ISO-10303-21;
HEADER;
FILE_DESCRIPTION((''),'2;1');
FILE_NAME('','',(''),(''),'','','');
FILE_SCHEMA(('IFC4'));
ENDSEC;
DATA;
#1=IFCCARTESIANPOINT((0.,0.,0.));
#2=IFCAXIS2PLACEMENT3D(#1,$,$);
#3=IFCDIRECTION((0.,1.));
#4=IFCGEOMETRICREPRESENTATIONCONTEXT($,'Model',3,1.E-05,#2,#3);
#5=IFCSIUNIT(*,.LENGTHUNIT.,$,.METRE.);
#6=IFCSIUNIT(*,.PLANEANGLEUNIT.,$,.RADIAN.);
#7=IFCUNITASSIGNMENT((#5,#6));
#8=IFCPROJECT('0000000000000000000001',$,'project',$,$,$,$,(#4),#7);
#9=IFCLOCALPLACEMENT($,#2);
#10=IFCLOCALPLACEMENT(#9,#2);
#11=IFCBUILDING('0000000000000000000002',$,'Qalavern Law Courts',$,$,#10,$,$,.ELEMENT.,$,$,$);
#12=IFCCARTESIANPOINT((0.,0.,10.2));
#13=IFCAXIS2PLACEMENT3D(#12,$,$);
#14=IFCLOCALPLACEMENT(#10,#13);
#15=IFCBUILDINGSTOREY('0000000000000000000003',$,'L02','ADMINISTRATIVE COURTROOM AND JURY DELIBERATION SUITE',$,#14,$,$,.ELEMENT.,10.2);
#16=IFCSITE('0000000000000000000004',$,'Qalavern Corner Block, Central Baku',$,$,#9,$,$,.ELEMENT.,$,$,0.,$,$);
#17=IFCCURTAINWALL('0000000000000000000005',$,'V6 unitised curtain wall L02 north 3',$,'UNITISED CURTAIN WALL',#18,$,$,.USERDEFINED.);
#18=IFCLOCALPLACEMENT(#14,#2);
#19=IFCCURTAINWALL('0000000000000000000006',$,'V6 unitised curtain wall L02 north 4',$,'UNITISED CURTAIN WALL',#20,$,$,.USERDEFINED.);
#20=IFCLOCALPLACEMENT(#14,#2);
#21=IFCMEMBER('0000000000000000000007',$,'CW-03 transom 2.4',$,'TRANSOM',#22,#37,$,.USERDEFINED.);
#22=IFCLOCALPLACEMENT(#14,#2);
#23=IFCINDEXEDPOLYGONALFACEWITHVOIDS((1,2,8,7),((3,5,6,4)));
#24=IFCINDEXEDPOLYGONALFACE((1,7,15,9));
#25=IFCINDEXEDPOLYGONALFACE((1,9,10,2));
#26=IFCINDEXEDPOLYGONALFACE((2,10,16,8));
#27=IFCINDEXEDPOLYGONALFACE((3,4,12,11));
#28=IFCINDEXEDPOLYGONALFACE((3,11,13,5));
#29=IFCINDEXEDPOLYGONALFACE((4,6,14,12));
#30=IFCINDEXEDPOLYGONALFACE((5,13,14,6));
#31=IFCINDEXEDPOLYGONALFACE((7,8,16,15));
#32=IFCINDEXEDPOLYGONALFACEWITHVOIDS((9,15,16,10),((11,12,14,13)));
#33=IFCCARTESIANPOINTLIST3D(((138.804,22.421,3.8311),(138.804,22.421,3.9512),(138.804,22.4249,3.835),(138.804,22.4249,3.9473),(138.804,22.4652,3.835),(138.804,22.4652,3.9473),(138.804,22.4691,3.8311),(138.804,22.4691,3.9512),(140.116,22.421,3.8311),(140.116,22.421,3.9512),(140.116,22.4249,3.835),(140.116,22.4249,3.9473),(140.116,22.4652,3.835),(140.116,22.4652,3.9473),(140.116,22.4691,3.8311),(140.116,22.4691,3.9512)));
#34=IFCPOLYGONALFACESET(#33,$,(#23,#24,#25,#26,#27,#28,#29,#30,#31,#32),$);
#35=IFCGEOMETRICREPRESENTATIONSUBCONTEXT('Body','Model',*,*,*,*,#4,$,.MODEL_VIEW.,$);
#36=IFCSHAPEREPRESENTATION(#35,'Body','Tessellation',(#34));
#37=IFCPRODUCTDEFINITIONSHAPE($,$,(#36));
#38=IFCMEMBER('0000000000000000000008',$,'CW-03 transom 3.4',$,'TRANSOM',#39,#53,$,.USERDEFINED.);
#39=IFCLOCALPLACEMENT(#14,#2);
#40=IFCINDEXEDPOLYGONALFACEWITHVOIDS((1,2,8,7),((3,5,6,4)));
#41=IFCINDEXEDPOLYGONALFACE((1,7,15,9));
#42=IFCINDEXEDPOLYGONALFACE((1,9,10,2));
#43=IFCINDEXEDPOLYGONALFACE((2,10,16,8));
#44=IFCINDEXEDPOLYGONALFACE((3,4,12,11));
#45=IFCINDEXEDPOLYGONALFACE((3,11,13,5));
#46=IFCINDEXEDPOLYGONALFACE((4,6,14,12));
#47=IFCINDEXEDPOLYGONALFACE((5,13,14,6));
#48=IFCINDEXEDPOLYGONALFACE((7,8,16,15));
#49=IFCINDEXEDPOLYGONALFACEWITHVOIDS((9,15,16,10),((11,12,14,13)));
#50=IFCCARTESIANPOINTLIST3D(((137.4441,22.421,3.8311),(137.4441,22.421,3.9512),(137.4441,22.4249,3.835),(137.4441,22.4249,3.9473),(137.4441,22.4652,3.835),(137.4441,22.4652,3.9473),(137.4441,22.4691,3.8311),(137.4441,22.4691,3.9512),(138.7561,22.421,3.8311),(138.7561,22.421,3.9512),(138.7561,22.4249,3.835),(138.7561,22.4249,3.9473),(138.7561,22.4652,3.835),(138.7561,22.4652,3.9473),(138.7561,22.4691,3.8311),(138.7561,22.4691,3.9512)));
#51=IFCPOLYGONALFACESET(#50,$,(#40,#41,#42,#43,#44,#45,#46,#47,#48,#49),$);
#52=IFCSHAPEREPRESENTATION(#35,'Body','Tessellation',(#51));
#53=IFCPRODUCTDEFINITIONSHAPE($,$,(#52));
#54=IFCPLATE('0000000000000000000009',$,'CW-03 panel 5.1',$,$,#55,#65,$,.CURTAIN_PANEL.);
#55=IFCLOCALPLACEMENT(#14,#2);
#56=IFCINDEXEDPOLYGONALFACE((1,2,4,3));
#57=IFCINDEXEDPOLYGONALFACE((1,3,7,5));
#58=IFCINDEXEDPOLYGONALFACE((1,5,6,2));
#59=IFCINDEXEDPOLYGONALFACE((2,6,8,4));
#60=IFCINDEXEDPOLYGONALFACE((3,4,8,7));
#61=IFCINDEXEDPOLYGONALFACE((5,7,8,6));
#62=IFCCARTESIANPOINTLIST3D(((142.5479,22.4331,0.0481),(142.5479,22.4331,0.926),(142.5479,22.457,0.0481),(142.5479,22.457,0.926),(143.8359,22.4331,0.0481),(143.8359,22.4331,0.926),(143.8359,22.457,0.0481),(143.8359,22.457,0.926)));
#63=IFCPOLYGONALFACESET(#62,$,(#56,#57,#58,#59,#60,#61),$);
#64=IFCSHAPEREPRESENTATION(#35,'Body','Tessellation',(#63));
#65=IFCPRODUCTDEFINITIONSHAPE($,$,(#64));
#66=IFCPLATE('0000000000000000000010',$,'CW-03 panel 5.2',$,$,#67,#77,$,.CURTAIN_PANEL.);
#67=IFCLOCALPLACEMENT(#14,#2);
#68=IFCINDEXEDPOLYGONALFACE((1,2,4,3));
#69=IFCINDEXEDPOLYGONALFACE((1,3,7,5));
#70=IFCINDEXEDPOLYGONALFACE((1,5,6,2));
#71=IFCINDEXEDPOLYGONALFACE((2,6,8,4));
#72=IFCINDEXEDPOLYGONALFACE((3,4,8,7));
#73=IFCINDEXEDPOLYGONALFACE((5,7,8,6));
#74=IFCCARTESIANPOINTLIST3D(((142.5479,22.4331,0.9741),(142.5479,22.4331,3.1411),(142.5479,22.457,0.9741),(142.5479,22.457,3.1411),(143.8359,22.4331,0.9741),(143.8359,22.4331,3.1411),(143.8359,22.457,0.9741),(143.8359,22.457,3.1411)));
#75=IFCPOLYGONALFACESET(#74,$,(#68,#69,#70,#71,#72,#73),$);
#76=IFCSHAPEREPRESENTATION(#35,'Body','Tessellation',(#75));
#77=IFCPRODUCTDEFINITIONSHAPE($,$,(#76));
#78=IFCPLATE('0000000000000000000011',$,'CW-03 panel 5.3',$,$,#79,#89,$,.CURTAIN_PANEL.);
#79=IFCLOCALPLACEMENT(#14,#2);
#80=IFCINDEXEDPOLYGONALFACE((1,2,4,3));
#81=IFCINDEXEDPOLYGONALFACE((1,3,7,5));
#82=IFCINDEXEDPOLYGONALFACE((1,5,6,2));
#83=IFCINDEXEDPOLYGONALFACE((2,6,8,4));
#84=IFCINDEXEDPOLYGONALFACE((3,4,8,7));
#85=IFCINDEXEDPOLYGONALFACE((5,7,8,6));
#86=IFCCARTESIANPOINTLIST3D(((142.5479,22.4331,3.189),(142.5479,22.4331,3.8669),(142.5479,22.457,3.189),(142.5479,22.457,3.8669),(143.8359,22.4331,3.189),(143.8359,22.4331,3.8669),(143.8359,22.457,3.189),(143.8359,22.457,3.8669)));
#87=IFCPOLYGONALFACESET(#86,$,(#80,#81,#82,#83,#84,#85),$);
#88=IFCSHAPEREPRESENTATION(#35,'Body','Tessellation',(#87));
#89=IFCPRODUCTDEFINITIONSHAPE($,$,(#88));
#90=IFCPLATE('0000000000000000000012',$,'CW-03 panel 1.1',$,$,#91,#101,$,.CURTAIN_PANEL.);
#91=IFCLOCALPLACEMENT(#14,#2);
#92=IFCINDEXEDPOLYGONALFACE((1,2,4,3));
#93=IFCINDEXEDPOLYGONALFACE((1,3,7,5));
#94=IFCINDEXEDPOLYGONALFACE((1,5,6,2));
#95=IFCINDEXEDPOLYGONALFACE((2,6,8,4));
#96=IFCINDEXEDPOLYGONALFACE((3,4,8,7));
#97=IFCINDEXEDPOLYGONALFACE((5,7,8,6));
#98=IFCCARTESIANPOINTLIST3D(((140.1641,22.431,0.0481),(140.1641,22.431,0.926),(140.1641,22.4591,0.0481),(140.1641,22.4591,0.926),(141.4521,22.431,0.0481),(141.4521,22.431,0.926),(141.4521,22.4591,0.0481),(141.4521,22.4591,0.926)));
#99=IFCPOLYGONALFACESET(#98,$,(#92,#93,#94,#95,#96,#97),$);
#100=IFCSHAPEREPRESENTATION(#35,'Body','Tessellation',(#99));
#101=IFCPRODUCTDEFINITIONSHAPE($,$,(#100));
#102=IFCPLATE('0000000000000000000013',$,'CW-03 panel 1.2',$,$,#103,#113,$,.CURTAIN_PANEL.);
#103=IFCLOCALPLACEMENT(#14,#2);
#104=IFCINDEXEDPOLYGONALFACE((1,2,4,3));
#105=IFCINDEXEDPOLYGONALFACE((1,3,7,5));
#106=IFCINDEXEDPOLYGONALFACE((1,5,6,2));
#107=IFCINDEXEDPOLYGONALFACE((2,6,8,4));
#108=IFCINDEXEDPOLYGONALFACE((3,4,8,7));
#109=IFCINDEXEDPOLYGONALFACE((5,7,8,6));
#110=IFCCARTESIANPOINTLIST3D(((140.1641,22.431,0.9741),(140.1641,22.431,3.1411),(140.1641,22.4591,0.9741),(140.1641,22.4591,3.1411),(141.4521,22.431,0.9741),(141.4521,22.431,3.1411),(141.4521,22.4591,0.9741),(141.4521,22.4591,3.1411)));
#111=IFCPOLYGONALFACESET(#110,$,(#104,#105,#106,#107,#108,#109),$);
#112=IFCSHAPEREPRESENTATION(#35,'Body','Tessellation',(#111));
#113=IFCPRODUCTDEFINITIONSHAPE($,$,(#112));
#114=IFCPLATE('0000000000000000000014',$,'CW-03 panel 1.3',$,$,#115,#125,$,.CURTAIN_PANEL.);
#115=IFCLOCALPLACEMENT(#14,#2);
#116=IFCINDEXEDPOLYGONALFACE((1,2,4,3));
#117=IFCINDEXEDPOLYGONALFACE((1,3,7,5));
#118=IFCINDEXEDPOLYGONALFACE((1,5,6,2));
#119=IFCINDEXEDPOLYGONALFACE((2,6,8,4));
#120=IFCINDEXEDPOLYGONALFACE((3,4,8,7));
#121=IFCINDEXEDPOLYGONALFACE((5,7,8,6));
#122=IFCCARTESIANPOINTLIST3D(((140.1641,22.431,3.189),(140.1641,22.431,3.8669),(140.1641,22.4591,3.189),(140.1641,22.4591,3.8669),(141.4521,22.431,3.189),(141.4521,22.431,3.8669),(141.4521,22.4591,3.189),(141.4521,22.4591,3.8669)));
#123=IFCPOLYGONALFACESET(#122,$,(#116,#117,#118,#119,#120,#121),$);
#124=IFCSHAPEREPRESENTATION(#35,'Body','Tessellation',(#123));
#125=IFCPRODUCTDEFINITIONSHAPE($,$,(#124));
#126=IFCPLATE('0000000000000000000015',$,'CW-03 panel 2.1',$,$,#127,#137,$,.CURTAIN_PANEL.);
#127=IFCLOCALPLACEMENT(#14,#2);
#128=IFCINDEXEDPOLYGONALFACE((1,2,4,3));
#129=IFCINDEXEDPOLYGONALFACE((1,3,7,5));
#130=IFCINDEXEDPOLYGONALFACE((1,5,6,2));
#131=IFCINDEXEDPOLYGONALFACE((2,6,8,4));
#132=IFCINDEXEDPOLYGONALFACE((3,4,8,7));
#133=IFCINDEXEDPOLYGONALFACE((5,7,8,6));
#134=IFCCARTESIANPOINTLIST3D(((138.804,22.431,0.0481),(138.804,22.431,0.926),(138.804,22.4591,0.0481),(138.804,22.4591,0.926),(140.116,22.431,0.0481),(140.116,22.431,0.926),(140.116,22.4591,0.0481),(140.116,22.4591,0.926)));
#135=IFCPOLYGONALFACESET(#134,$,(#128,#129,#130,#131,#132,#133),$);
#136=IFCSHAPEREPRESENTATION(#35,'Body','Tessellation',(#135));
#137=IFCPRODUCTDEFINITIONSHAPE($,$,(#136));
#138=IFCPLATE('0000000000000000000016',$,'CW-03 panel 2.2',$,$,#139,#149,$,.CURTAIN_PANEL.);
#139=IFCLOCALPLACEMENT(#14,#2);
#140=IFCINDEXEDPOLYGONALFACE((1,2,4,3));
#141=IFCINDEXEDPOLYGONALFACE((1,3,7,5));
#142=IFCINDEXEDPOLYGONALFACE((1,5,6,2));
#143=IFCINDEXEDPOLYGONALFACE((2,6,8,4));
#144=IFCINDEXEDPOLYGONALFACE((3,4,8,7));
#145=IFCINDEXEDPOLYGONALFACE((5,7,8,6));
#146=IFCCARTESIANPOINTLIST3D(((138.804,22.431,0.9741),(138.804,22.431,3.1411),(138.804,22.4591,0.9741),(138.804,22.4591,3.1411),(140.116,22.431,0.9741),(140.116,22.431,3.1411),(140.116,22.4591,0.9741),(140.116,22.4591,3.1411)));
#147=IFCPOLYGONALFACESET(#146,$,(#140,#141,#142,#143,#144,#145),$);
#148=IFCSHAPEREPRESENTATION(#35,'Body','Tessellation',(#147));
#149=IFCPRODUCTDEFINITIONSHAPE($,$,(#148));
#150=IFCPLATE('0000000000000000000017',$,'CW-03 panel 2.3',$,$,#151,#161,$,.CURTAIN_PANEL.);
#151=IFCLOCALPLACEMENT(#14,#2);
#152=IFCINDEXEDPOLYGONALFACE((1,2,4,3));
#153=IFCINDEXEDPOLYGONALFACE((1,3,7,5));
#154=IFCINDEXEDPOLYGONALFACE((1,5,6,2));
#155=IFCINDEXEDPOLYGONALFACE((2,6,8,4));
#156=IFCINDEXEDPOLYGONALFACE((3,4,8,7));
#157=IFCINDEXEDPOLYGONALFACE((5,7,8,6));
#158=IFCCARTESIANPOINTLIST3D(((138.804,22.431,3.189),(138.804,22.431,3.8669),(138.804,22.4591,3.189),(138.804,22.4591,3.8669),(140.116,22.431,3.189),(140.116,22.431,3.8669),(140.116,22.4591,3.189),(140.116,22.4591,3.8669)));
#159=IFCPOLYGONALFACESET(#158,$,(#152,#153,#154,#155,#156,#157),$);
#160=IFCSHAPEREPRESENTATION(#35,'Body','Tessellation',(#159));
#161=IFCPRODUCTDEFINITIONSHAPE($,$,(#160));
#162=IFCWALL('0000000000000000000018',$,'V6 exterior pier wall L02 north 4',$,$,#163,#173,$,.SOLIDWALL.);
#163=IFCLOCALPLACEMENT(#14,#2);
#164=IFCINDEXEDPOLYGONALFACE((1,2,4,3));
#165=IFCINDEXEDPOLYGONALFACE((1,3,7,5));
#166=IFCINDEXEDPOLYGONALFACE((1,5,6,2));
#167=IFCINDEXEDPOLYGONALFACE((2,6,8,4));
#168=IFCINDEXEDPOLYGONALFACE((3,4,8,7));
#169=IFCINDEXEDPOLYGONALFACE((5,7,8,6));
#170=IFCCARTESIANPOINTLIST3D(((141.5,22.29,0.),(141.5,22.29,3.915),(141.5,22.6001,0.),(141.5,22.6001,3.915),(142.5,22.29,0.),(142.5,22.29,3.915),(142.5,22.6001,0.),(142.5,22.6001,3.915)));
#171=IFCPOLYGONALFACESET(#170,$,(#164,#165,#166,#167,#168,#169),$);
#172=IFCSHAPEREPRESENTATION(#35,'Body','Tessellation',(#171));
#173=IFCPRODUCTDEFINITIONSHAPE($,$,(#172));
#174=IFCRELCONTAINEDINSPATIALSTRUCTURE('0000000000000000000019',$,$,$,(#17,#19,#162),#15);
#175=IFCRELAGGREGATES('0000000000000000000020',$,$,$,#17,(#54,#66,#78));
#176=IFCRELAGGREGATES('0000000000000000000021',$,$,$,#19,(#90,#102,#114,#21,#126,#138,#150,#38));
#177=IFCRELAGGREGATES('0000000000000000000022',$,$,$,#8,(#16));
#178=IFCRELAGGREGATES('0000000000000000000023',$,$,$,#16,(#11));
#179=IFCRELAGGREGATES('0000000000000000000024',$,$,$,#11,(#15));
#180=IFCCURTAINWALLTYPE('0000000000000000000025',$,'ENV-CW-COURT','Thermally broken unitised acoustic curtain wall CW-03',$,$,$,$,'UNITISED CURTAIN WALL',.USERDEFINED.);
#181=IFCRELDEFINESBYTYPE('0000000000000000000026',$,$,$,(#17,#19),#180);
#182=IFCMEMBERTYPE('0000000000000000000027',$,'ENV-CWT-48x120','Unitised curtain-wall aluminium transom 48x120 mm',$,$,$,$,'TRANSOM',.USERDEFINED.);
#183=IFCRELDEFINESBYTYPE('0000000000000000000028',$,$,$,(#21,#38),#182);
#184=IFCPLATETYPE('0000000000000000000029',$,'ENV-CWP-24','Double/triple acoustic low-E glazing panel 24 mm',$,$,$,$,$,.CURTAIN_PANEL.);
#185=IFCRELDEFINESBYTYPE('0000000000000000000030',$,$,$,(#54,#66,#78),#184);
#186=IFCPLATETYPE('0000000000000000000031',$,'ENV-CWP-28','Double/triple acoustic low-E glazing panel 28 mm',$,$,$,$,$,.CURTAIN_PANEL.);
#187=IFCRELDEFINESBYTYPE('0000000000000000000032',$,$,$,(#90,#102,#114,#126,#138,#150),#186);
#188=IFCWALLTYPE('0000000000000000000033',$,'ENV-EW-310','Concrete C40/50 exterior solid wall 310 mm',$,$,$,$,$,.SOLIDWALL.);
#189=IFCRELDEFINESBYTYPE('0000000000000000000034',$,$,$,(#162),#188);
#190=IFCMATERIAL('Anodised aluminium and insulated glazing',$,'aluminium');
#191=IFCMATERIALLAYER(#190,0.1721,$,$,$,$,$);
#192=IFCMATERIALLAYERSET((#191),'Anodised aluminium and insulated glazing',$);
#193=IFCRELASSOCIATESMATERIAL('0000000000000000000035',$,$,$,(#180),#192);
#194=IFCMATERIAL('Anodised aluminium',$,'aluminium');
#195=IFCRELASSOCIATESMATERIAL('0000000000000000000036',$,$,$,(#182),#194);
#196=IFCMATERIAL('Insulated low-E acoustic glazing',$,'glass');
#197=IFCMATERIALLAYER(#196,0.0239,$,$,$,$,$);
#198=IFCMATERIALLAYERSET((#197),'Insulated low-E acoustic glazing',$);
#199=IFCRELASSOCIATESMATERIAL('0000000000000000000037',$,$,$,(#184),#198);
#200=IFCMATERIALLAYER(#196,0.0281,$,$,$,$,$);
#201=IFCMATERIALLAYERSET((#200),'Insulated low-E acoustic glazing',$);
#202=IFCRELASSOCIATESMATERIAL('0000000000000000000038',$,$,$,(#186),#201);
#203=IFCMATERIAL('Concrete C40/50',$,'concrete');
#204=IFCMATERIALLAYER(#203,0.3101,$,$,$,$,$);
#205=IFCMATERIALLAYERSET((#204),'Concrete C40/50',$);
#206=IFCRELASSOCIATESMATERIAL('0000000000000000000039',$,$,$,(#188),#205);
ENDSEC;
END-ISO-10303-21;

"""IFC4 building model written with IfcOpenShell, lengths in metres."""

from ifc_helpers import new_model, si_unit, direction, frame, frame_2d, origin, origin_2d, place, context, subcontext, project, spatial, rectangle, hollow_rectangle, extrude, material, layer, layer_set, material_profile, profile_set, type_object, element, aggregate, save


model = new_model("IFC4")

# Units and contexts
model_context = context("Model", 3, precision=1e-05, world=origin(), true_north=direction((0.0, 1.0)))
body_context = subcontext(model_context, "Body", "Model", "MODEL_VIEW")
ifc_project = project(units=[si_unit("LENGTHUNIT", "METRE"), si_unit("PLANEANGLEUNIT", "RADIAN")], contexts=[model_context])

# Site, building, storey
site_placement = place(None, origin())
site = spatial("IfcSite", under=ifc_project, at=site_placement, Name="Qalavern Corner Block, Central Baku", CompositionType="ELEMENT", RefElevation=0.0)
building_placement = place(site_placement, origin())
building = spatial("IfcBuilding", under=site, at=building_placement, Name="Qalavern Law Courts", CompositionType="ELEMENT")
storey_placement = place(building_placement, frame((0.0, 0.0, 10.2)))
storey = spatial("IfcBuildingStorey", under=building, at=storey_placement, Name="L02", Description="ADMINISTRATIVE COURTROOM AND JURY DELIBERATION SUITE", CompositionType="ELEMENT", Elevation=10.2)

# Curtain wall
ifc_material_1 = material(Name="Anodised aluminium and insulated glazing", Category="aluminium")
ifc_layer_1 = layer(ifc_material_1, 0.1721)
ifc_layer_set_1 = layer_set([ifc_layer_1], Name="Anodised aluminium and insulated glazing")
curtain_wall_type = type_object("IfcCurtainWallType", Name="ENV-CW-COURT", Description="Thermally broken unitised acoustic curtain wall CW-03", ElementType="UNITISED CURTAIN WALL", PredefinedType="USERDEFINED", material=ifc_layer_set_1)
curtain_wall_1_placement = place(storey_placement, origin())
curtain_wall_1 = element("IfcCurtainWall", 1, at=curtain_wall_1_placement, inside=storey, type_object=curtain_wall_type, Name="V6 unitised curtain wall L02 north 3", ObjectType="UNITISED CURTAIN WALL", PredefinedType="USERDEFINED")
ifc_material_2 = material(Name="Anodised aluminium", Category="aluminium")

# Curtain wall, members
curtain_wall_2_placement = place(storey_placement, origin())
curtain_wall_2 = element("IfcCurtainWall", 2, at=curtain_wall_2_placement, inside=storey, type_object=curtain_wall_type, Name="V6 unitised curtain wall L02 north 4", ObjectType="UNITISED CURTAIN WALL", PredefinedType="USERDEFINED")
ifc_material_profile_1 = material_profile(ifc_material_2, hollow_rectangle(XDim=0.0481, YDim=0.1201, WallThickness=0.0039, at=origin_2d()), Name="ALU TRANSOM 48x120")
ifc_profile_set_1 = profile_set([ifc_material_profile_1], Name="Anodised aluminium")
member_type_1 = type_object("IfcMemberType", Name="ENV-CWT-48x120", Description="Unitised curtain-wall aluminium transom 48x120 mm", ElementType="TRANSOM", PredefinedType="USERDEFINED", material=ifc_profile_set_1)
member_1_placement = place(storey_placement, frame((140.116, 22.4451, 3.8911), z_axis=(-1.0, 0.0, 0.0), x_axis=(0.0, -1.0, 0.0)))
member_1 = element("IfcMember", 3, at=member_1_placement, type_object=member_type_1, Name="CW-03 transom 2.4", ObjectType="TRANSOM", PredefinedType="USERDEFINED", context=body_context, shape_type="SweptSolid", body=[
    extrude(hollow_rectangle(XDim=0.0481, YDim=0.1201, WallThickness=0.0039, at=origin_2d()), origin(), (0.0, 0.0, 1.0), 1.312),
])
member_2_placement = place(storey_placement, frame((138.7561, 22.4451, 3.8911), z_axis=(-1.0, 0.0, 0.0), x_axis=(0.0, -1.0, 0.0)))
member_2 = element("IfcMember", 4, at=member_2_placement, type_object=member_type_1, Name="CW-03 transom 3.4", ObjectType="TRANSOM", PredefinedType="USERDEFINED", context=body_context, shape_type="SweptSolid", body=[
    extrude(hollow_rectangle(XDim=0.0481, YDim=0.1201, WallThickness=0.0039, at=origin_2d()), origin(), (0.0, 0.0, 1.0), 1.312),
])

# Plates
ifc_material_3 = material(Name="Insulated low-E acoustic glazing", Category="glass")
ifc_layer_2 = layer(ifc_material_3, 0.0239)
ifc_layer_set_2 = layer_set([ifc_layer_2], Name="Insulated low-E acoustic glazing")
plate_type_1 = type_object("IfcPlateType", Name="ENV-CWP-24", Description="Double/triple acoustic low-E glazing panel 24 mm", PredefinedType="CURTAIN_PANEL", material=ifc_layer_set_2)
plate_1_placement = place(storey_placement, frame((143.1919, 22.4451, 0.0481), z_axis=(0.0, 0.0, 1.0), x_axis=(-1.0, 0.0, 0.0)))
plate_1 = element("IfcPlate", 5, at=plate_1_placement, type_object=plate_type_1, Name="CW-03 panel 5.1", PredefinedType="CURTAIN_PANEL", context=body_context, shape_type="SweptSolid", body=[
    extrude(rectangle(XDim=1.2881, YDim=0.0239, at=origin_2d()), origin(), (0.0, 0.0, 1.0), 0.8779),
])
plate_2_placement = place(storey_placement, frame((143.1919, 22.4451, 0.9741), z_axis=(0.0, 0.0, 1.0), x_axis=(-1.0, 0.0, 0.0)))
plate_2 = element("IfcPlate", 6, at=plate_2_placement, type_object=plate_type_1, Name="CW-03 panel 5.2", PredefinedType="CURTAIN_PANEL", context=body_context, shape_type="SweptSolid", body=[
    extrude(rectangle(XDim=1.2881, YDim=0.0239, at=origin_2d()), origin(), (0.0, 0.0, 1.0), 2.167),
])
plate_3_placement = place(storey_placement, frame((143.1919, 22.4451, 3.189), z_axis=(0.0, 0.0, 1.0), x_axis=(-1.0, 0.0, 0.0)))
plate_3 = element("IfcPlate", 7, at=plate_3_placement, type_object=plate_type_1, Name="CW-03 panel 5.3", PredefinedType="CURTAIN_PANEL", context=body_context, shape_type="SweptSolid", body=[
    extrude(rectangle(XDim=1.2881, YDim=0.0239, at=origin_2d()), origin(), (0.0, 0.0, 1.0), 0.678),
])
aggregate(curtain_wall_1, [plate_1, plate_2, plate_3])
ifc_layer_3 = layer(ifc_material_3, 0.0281)
ifc_layer_set_3 = layer_set([ifc_layer_3], Name="Insulated low-E acoustic glazing")
plate_type_2 = type_object("IfcPlateType", Name="ENV-CWP-28", Description="Double/triple acoustic low-E glazing panel 28 mm", PredefinedType="CURTAIN_PANEL", material=ifc_layer_set_3)
plate_4_placement = place(storey_placement, frame((140.8081, 22.4451, 0.0481), z_axis=(0.0, 0.0, 1.0), x_axis=(-1.0, 0.0, 0.0)))
plate_4 = element("IfcPlate", 8, at=plate_4_placement, type_object=plate_type_2, Name="CW-03 panel 1.1", PredefinedType="CURTAIN_PANEL", context=body_context, shape_type="SweptSolid", body=[
    extrude(rectangle(XDim=1.2881, YDim=0.0281, at=origin_2d()), origin(), (0.0, 0.0, 1.0), 0.8779),
])
plate_5_placement = place(storey_placement, frame((140.8081, 22.4451, 0.9741), z_axis=(0.0, 0.0, 1.0), x_axis=(-1.0, 0.0, 0.0)))
plate_5 = element("IfcPlate", 9, at=plate_5_placement, type_object=plate_type_2, Name="CW-03 panel 1.2", PredefinedType="CURTAIN_PANEL", context=body_context, shape_type="SweptSolid", body=[
    extrude(rectangle(XDim=1.2881, YDim=0.0281, at=origin_2d()), origin(), (0.0, 0.0, 1.0), 2.167),
])
plate_6_placement = place(storey_placement, frame((140.8081, 22.4451, 3.189), z_axis=(0.0, 0.0, 1.0), x_axis=(-1.0, 0.0, 0.0)))
plate_6 = element("IfcPlate", 10, at=plate_6_placement, type_object=plate_type_2, Name="CW-03 panel 1.3", PredefinedType="CURTAIN_PANEL", context=body_context, shape_type="SweptSolid", body=[
    extrude(rectangle(XDim=1.2881, YDim=0.0281, at=origin_2d()), origin(), (0.0, 0.0, 1.0), 0.678),
])
plate_7_placement = place(storey_placement, frame((139.46, 22.4451, 0.0481), z_axis=(0.0, 0.0, 1.0), x_axis=(-1.0, 0.0, 0.0)))
plate_7 = element("IfcPlate", 11, at=plate_7_placement, type_object=plate_type_2, Name="CW-03 panel 2.1", PredefinedType="CURTAIN_PANEL", context=body_context, shape_type="SweptSolid", body=[
    extrude(rectangle(XDim=1.312, YDim=0.0281, at=origin_2d()), origin(), (0.0, 0.0, 1.0), 0.8779),
])
plate_8_placement = place(storey_placement, frame((139.46, 22.4451, 0.9741), z_axis=(0.0, 0.0, 1.0), x_axis=(-1.0, 0.0, 0.0)))
plate_8 = element("IfcPlate", 12, at=plate_8_placement, type_object=plate_type_2, Name="CW-03 panel 2.2", PredefinedType="CURTAIN_PANEL", context=body_context, shape_type="SweptSolid", body=[
    extrude(rectangle(XDim=1.312, YDim=0.0281, at=origin_2d()), origin(), (0.0, 0.0, 1.0), 2.167),
])
plate_9_placement = place(storey_placement, frame((139.46, 22.4451, 3.189), z_axis=(0.0, 0.0, 1.0), x_axis=(-1.0, 0.0, 0.0)))
plate_9 = element("IfcPlate", 13, at=plate_9_placement, type_object=plate_type_2, Name="CW-03 panel 2.3", PredefinedType="CURTAIN_PANEL", context=body_context, shape_type="SweptSolid", body=[
    extrude(rectangle(XDim=1.312, YDim=0.0281, at=origin_2d()), origin(), (0.0, 0.0, 1.0), 0.678),
])
aggregate(curtain_wall_2, [plate_4, plate_5, plate_6, member_1, plate_7, plate_8, plate_9, member_2])

# Wall
ifc_material_4 = material(Name="Concrete C40/50", Category="concrete")
ifc_layer_4 = layer(ifc_material_4, 0.3101)
ifc_layer_set_4 = layer_set([ifc_layer_4], Name="Concrete C40/50")
wall_type = type_object("IfcWallType", Name="ENV-EW-310", Description="Concrete C40/50 exterior solid wall 310 mm", PredefinedType="SOLIDWALL", material=ifc_layer_set_4)
wall_placement = place(storey_placement, frame((142.5, 22.4451, 0.0), z_axis=(0.0, 0.0, 1.0), x_axis=(-1.0, 0.0, 0.0)))
element("IfcWall", 14, at=wall_placement, inside=storey, type_object=wall_type, Name="V6 exterior pier wall L02 north 4", PredefinedType="SOLIDWALL", context=body_context, shape_type="SweptSolid", body=[
    extrude(rectangle(XDim=1.0, YDim=0.3101, at=frame_2d((0.5, 0.0))), origin(), (0.0, 0.0, 1.0), 3.915),
])

save(model, "model.ifc")
